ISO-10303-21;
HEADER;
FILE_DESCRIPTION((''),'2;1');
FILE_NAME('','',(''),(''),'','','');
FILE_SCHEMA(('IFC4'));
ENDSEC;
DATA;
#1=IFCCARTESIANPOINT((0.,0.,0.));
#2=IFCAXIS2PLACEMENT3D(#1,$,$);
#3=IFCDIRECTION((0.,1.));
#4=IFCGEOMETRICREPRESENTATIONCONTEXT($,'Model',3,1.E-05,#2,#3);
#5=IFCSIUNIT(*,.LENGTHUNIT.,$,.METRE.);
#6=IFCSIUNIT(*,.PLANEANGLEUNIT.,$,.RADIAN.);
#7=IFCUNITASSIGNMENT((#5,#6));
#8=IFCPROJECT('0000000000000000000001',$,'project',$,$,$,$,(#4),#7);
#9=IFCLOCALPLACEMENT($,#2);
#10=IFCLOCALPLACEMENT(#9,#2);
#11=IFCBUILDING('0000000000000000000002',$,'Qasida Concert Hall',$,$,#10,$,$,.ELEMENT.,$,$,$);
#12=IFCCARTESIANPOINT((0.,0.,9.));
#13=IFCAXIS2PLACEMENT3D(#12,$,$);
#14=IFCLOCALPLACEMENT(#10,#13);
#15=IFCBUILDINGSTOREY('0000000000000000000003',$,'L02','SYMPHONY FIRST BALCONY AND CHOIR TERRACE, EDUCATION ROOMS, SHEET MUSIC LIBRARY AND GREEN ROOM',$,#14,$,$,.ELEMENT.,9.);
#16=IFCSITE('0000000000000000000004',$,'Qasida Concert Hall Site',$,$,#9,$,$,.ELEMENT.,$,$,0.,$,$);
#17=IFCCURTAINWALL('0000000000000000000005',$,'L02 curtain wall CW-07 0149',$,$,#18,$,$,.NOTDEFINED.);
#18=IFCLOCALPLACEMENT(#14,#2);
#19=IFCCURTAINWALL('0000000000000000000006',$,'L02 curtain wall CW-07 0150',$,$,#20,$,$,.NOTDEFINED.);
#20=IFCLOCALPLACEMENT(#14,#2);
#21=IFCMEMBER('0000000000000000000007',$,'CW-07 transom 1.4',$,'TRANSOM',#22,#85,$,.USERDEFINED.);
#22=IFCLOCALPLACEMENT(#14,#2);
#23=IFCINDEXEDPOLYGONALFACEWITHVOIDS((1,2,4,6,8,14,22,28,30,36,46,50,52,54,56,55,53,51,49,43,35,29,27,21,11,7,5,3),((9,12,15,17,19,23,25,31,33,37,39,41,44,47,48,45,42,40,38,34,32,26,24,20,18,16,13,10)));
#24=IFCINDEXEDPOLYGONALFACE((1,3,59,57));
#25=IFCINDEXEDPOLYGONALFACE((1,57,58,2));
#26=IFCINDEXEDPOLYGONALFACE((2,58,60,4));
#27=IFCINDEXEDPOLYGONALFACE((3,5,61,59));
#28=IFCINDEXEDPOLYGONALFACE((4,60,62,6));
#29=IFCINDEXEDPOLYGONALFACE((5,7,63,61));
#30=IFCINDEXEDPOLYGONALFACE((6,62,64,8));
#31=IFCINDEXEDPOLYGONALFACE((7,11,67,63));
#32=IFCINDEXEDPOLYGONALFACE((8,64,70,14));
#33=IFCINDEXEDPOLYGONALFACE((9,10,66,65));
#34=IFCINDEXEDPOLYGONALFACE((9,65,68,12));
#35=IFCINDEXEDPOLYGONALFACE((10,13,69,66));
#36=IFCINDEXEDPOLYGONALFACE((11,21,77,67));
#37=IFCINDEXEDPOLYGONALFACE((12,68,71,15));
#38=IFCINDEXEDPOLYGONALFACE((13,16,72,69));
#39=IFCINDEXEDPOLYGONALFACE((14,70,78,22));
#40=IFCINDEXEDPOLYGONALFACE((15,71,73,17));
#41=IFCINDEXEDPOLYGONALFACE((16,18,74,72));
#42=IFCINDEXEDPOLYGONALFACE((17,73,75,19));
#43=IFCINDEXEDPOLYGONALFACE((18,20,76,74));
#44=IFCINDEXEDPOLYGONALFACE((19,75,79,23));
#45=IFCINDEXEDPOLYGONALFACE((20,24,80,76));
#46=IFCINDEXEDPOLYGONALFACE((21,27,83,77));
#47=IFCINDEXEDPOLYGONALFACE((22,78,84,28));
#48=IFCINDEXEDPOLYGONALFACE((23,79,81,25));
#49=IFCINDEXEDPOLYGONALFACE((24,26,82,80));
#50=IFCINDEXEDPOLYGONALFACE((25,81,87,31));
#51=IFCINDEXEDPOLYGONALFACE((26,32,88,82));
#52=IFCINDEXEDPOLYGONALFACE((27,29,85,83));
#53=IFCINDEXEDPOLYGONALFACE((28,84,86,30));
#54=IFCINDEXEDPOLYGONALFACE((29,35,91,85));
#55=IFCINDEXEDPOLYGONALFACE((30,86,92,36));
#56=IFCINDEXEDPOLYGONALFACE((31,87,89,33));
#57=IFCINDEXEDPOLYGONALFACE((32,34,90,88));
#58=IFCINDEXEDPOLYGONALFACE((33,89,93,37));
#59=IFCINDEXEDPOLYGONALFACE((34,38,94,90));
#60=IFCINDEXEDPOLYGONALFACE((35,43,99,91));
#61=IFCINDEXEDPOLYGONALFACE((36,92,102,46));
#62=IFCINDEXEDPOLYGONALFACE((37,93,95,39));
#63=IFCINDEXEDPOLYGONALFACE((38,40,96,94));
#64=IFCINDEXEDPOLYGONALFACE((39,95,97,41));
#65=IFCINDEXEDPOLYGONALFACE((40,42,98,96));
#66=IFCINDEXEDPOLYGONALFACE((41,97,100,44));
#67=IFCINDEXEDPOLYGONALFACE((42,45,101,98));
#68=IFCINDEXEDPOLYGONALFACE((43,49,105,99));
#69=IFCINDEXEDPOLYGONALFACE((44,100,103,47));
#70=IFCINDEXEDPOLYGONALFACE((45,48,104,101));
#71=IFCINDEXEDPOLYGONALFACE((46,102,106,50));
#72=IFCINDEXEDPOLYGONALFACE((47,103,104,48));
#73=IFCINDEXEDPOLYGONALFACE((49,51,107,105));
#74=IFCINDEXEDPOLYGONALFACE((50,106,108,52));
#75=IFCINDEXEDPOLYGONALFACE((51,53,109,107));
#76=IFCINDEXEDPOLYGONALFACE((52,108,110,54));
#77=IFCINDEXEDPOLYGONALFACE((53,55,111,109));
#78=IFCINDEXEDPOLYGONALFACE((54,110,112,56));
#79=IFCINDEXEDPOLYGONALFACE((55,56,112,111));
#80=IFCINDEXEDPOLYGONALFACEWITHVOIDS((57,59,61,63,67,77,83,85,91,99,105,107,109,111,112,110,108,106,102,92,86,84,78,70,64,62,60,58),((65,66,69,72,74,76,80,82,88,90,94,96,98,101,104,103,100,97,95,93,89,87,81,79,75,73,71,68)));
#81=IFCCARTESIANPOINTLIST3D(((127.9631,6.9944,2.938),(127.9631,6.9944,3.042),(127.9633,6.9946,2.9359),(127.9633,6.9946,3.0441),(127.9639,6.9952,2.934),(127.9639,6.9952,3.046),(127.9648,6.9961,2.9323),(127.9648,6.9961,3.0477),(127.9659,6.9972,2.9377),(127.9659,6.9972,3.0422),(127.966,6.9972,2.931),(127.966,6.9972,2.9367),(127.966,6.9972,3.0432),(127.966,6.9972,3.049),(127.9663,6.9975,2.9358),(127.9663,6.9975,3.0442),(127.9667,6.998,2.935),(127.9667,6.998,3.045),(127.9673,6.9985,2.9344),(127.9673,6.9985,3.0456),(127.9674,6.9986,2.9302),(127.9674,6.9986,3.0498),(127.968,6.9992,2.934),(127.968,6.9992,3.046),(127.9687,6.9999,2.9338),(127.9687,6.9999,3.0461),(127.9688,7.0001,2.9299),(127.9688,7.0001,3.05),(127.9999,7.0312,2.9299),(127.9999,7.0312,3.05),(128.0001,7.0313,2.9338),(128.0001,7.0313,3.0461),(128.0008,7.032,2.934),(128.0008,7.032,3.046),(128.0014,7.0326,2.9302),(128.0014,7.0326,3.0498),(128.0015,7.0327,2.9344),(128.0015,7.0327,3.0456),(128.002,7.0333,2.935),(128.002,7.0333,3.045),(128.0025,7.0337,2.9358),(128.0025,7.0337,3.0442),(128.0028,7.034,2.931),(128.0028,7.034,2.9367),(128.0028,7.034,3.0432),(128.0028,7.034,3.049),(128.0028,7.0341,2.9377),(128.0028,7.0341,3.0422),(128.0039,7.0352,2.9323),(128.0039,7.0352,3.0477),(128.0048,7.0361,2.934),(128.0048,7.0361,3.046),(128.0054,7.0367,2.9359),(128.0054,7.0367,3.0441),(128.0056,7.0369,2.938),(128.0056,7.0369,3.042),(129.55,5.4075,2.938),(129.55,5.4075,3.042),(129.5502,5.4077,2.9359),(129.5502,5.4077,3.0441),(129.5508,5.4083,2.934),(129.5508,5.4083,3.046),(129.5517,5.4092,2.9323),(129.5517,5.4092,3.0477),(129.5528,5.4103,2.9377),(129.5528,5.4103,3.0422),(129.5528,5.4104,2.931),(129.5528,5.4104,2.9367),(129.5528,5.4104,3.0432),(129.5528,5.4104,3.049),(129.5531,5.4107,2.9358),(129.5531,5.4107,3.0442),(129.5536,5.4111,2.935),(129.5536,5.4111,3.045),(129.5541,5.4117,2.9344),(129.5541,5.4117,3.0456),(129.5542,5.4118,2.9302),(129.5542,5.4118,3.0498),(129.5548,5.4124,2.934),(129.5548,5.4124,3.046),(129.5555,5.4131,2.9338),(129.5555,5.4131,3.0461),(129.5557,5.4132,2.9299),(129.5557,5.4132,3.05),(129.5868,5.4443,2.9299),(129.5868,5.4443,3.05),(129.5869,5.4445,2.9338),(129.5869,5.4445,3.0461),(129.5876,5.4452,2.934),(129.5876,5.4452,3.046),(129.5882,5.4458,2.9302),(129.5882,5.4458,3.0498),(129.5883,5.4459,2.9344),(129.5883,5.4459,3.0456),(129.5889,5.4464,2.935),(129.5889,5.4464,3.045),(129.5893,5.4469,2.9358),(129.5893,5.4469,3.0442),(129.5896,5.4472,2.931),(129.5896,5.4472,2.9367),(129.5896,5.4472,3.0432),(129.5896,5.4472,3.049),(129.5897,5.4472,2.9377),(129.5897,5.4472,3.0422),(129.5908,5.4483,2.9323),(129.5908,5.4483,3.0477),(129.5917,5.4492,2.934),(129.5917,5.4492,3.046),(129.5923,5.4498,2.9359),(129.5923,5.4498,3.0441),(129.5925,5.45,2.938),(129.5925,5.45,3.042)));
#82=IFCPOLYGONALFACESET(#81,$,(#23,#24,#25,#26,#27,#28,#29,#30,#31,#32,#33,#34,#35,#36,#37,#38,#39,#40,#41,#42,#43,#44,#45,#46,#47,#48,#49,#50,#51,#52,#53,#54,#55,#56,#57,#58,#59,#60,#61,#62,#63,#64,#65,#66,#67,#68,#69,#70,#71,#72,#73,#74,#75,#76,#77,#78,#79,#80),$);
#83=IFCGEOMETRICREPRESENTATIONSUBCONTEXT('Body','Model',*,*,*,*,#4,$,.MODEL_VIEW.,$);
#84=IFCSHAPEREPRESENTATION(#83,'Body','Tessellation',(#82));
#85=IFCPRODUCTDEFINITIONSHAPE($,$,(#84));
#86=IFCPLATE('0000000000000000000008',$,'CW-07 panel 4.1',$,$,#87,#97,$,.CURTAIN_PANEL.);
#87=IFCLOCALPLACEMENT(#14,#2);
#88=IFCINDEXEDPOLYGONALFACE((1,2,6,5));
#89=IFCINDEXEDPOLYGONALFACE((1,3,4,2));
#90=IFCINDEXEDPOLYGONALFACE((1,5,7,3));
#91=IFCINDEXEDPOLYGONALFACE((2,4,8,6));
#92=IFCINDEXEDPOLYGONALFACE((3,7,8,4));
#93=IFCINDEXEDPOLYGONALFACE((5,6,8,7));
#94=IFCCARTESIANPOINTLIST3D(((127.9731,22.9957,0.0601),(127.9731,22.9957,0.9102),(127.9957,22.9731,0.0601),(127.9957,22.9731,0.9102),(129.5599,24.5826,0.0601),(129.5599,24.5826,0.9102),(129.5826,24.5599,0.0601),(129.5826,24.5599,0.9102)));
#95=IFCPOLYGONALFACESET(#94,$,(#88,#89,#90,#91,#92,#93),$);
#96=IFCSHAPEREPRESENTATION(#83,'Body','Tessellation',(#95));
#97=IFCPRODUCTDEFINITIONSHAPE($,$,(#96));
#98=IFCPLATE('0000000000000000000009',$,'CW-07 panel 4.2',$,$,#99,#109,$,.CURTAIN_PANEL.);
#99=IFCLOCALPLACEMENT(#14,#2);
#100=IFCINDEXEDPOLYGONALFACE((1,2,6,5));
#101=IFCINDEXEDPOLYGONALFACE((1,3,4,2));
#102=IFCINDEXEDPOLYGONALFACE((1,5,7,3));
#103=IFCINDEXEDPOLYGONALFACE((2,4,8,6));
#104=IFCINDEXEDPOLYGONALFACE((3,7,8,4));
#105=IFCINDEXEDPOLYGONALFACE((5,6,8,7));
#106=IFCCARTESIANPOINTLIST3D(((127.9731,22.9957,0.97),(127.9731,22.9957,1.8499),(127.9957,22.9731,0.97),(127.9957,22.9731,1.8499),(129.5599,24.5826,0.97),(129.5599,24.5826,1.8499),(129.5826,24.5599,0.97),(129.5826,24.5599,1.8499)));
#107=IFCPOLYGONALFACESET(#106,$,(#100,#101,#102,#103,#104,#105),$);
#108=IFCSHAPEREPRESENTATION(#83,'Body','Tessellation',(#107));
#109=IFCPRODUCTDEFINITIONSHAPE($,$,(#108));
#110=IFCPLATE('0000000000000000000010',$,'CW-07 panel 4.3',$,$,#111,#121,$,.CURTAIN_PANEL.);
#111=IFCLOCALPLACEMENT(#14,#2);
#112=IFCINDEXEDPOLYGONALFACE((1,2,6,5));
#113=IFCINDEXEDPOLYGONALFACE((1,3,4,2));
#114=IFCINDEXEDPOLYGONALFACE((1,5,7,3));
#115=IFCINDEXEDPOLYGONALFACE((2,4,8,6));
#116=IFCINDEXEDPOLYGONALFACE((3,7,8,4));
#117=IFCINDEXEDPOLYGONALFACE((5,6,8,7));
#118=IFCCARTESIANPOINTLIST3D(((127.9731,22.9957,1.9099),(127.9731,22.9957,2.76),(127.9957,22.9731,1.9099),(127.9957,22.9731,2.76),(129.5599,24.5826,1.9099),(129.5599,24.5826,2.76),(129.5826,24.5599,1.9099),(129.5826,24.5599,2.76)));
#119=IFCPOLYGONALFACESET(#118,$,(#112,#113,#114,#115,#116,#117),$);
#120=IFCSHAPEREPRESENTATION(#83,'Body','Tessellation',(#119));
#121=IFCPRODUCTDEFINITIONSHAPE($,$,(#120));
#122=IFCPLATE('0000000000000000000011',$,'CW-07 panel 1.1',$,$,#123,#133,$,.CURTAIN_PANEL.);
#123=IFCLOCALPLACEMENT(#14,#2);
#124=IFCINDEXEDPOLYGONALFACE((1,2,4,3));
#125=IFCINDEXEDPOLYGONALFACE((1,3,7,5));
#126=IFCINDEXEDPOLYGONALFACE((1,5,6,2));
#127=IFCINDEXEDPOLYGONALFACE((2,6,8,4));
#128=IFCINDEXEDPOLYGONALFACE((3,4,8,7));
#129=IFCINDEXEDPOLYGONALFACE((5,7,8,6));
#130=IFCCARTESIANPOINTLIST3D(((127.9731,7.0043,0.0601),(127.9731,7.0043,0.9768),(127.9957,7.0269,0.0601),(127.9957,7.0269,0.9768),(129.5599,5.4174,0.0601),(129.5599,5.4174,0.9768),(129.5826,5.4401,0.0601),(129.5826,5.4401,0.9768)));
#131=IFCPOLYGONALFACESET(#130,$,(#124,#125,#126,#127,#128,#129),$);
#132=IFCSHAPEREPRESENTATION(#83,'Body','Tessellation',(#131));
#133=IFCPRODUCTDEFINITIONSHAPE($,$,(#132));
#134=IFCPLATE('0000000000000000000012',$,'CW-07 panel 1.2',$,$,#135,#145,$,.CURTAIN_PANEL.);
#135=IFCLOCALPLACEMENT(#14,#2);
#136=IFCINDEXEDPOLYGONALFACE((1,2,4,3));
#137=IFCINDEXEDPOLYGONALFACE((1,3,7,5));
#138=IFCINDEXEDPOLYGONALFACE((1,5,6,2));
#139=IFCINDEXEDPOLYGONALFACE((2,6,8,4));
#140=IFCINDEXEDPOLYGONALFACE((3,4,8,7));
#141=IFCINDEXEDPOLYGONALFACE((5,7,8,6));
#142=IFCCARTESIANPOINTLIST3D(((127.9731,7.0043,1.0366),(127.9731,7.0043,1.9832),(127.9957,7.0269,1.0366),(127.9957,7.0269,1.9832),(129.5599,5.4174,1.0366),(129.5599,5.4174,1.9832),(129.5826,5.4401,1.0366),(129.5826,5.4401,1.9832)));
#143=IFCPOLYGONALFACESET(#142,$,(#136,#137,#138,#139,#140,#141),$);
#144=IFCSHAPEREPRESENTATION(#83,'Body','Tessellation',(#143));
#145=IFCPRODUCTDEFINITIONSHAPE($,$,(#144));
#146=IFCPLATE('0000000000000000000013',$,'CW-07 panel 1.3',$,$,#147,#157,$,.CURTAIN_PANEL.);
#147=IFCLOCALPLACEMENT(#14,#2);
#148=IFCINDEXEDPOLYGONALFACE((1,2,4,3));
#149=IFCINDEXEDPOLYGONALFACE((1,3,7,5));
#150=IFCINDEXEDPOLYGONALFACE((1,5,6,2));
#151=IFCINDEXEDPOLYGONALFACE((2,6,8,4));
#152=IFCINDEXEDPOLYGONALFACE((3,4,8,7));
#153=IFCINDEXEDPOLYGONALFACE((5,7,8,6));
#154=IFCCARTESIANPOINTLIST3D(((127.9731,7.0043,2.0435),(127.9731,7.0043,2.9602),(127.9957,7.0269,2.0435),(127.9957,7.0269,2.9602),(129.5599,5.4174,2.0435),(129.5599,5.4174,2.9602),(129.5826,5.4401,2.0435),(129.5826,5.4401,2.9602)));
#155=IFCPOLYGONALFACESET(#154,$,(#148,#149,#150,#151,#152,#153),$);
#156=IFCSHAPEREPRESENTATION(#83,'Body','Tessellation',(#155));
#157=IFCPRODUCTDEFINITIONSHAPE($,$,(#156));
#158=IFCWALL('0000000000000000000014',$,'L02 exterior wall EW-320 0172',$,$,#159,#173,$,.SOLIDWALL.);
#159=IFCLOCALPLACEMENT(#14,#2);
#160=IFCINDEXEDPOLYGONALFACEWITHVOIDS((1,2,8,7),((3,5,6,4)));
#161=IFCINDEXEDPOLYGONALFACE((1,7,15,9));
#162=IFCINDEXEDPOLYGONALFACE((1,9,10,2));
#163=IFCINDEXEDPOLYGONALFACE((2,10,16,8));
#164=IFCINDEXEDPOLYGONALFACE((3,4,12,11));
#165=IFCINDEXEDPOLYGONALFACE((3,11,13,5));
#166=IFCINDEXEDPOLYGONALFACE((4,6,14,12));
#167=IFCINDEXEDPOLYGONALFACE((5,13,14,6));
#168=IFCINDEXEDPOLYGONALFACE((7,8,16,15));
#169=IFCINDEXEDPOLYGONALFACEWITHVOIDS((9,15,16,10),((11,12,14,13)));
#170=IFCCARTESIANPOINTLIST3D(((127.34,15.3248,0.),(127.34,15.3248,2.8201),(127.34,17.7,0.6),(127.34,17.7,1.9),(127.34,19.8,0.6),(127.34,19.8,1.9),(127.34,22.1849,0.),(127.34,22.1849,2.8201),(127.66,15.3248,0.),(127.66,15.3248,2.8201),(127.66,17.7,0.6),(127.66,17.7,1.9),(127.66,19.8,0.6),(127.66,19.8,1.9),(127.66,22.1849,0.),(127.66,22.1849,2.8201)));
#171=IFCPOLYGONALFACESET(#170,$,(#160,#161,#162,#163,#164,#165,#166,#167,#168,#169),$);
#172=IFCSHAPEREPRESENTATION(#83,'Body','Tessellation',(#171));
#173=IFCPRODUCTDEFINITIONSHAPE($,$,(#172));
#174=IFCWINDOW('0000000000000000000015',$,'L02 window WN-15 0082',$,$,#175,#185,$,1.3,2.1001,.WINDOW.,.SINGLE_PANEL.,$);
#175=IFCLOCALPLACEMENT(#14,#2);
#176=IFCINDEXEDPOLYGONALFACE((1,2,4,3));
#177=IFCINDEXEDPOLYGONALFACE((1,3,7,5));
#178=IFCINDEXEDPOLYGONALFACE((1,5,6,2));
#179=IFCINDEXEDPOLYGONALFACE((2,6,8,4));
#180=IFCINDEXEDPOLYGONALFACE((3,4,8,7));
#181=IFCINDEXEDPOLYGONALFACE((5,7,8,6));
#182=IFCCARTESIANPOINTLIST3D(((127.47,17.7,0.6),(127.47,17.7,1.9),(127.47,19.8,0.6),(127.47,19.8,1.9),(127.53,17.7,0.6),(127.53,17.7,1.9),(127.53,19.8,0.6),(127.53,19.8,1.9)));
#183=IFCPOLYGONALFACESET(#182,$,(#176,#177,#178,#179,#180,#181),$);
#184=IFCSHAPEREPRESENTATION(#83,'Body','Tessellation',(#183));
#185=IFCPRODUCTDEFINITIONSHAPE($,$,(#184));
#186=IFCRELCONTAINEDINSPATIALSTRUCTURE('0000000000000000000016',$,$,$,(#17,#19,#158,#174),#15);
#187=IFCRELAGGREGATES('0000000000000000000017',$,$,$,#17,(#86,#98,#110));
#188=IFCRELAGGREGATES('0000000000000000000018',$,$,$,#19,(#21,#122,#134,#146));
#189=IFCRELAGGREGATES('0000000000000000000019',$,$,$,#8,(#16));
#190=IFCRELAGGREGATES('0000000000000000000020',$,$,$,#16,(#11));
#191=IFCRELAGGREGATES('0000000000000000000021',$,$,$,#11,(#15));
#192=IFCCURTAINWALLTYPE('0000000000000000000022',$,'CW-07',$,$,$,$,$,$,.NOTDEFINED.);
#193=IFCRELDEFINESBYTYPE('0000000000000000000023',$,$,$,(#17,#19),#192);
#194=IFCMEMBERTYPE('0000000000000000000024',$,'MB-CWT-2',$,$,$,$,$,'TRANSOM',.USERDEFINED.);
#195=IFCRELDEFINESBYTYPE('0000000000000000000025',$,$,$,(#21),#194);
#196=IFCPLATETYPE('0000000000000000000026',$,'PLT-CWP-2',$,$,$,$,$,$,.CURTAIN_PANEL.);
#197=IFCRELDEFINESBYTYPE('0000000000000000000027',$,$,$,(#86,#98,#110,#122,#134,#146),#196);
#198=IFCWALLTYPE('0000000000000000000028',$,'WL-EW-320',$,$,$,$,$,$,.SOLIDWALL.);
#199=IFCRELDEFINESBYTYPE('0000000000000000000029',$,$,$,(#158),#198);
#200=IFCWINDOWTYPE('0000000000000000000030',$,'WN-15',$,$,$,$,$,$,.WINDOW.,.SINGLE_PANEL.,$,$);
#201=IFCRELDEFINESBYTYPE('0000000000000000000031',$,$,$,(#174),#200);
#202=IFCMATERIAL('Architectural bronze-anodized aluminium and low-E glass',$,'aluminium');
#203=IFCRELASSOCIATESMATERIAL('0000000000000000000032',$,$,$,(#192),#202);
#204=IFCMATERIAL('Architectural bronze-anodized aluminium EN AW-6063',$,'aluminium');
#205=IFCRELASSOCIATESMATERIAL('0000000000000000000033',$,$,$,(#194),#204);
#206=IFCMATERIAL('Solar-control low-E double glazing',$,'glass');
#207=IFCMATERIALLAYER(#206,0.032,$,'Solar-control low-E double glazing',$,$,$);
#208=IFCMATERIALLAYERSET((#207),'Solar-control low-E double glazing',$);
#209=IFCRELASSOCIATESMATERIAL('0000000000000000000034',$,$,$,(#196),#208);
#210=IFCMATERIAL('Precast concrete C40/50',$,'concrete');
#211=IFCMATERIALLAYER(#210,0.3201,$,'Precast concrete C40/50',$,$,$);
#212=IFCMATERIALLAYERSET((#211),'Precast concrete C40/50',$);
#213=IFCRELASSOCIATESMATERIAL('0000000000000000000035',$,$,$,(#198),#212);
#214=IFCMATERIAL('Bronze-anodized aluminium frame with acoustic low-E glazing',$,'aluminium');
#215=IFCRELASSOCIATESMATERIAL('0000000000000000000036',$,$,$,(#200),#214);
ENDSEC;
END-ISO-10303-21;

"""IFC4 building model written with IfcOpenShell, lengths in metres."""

from ifc_helpers import new_model, si_unit, direction, frame, frame_2d, origin, origin_2d, place, context, subcontext, project, spatial, rectangle, hollow_rectangle, extrude, material, layer, layer_set, material_profile, profile_set, type_object, element, fill, aggregate, save


model = new_model("IFC4")

# Units and contexts
model_context = context("Model", 3, precision=1e-05, world=origin(), true_north=direction((0.0, 1.0)))
body_context = subcontext(model_context, "Body", "Model", "MODEL_VIEW")
ifc_project = project(units=[si_unit("LENGTHUNIT", "METRE"), si_unit("PLANEANGLEUNIT", "RADIAN")], contexts=[model_context])

# Site, building, storey
site_placement = place(None, origin())
site = spatial("IfcSite", under=ifc_project, at=site_placement, Name="Qasida Concert Hall Site", CompositionType="ELEMENT", RefElevation=0.0)
building_placement = place(site_placement, origin())
building = spatial("IfcBuilding", under=site, at=building_placement, Name="Qasida Concert Hall", CompositionType="ELEMENT")
storey_placement = place(building_placement, frame((0.0, 0.0, 9.0)))
storey = spatial("IfcBuildingStorey", under=building, at=storey_placement, Name="L02", Description="SYMPHONY FIRST BALCONY AND CHOIR TERRACE, EDUCATION ROOMS, SHEET MUSIC LIBRARY AND GREEN ROOM", CompositionType="ELEMENT", Elevation=9.0)

# Curtain wall
ifc_material_1 = material(Name="Architectural bronze-anodized aluminium and low-E glass", Category="aluminium")
curtain_wall_type = type_object("IfcCurtainWallType", Name="CW-07", PredefinedType="NOTDEFINED", material=ifc_material_1)
curtain_wall_1_placement = place(storey_placement, origin())
curtain_wall_1 = element("IfcCurtainWall", 1, at=curtain_wall_1_placement, inside=storey, type_object=curtain_wall_type, Name="L02 curtain wall CW-07 0149", PredefinedType="NOTDEFINED")
ifc_material_2 = material(Name="Architectural bronze-anodized aluminium EN AW-6063", Category="aluminium")

# Curtain wall, member
curtain_wall_2_placement = place(storey_placement, origin())
curtain_wall_2 = element("IfcCurtainWall", 2, at=curtain_wall_2_placement, inside=storey, type_object=curtain_wall_type, Name="L02 curtain wall CW-07 0150", PredefinedType="NOTDEFINED")
ifc_material_profile_1 = material_profile(ifc_material_2, hollow_rectangle(XDim=0.0601, YDim=0.1201, WallThickness=0.0039, InnerFilletRadius=0.0039, OuterFilletRadius=0.0081, at=origin_2d()), Name="CWT 120x60x4")
ifc_profile_set_1 = profile_set([ifc_material_profile_1], Name="Architectural bronze-anodized aluminium EN AW-6063")
member_type_1 = type_object("IfcMemberType", Name="MB-CWT-2", ElementType="TRANSOM", PredefinedType="USERDEFINED", material=ifc_profile_set_1)
member_1_placement = place(storey_placement, frame((127.9844, 7.0156, 2.99), z_axis=(0.707107, -0.707107, 0.0), x_axis=(0.707107, 0.707107, 0.0)))
member_1 = element("IfcMember", 3, at=member_1_placement, type_object=member_type_1, Name="CW-07 transom 1.4", ObjectType="TRANSOM", PredefinedType="USERDEFINED", context=body_context, shape_type="SweptSolid", body=[
    extrude(hollow_rectangle(XDim=0.0601, YDim=0.1201, WallThickness=0.0039, InnerFilletRadius=0.0039, OuterFilletRadius=0.0081, at=origin_2d()), origin(), (0.0, 0.0, 1.0), 2.2441),
])

# Plates
ifc_material_3 = material(Name="Solar-control low-E double glazing", Category="glass")
ifc_layer_1 = layer(ifc_material_3, 0.032, Name="Solar-control low-E double glazing")
ifc_layer_set_1 = layer_set([ifc_layer_1], Name="Solar-control low-E double glazing")
plate_type = type_object("IfcPlateType", Name="PLT-CWP-2", PredefinedType="CURTAIN_PANEL", material=ifc_layer_set_1)
plate_1_placement = place(storey_placement, frame((128.7778, 23.7778, 0.0601), z_axis=(0.0, 0.0, 1.0), x_axis=(-0.707107, -0.707107, 0.0)))
plate_1 = element("IfcPlate", 4, at=plate_1_placement, type_object=plate_type, Name="CW-07 panel 4.1", PredefinedType="CURTAIN_PANEL", context=body_context, shape_type="SweptSolid", body=[
    extrude(rectangle(XDim=2.2441, YDim=0.032, at=origin_2d()), origin(), (0.0, 0.0, 1.0), 0.8501),
])
plate_2_placement = place(storey_placement, frame((128.7778, 23.7778, 0.97), z_axis=(0.0, 0.0, 1.0), x_axis=(-0.707107, -0.707107, 0.0)))
plate_2 = element("IfcPlate", 5, at=plate_2_placement, type_object=plate_type, Name="CW-07 panel 4.2", PredefinedType="CURTAIN_PANEL", context=body_context, shape_type="SweptSolid", body=[
    extrude(rectangle(XDim=2.2441, YDim=0.032, at=origin_2d()), origin(), (0.0, 0.0, 1.0), 0.8799),
])
plate_3_placement = place(storey_placement, frame((128.7778, 23.7778, 1.9099), z_axis=(0.0, 0.0, 1.0), x_axis=(-0.707107, -0.707107, 0.0)))
plate_3 = element("IfcPlate", 6, at=plate_3_placement, type_object=plate_type, Name="CW-07 panel 4.3", PredefinedType="CURTAIN_PANEL", context=body_context, shape_type="SweptSolid", body=[
    extrude(rectangle(XDim=2.2441, YDim=0.032, at=origin_2d()), origin(), (0.0, 0.0, 1.0), 0.8501),
])
aggregate(curtain_wall_1, [plate_1, plate_2, plate_3])
plate_4_placement = place(storey_placement, frame((128.7778, 6.2222, 0.0601), z_axis=(0.0, 0.0, 1.0), x_axis=(0.707107, -0.707107, 0.0)))
plate_4 = element("IfcPlate", 7, at=plate_4_placement, type_object=plate_type, Name="CW-07 panel 1.1", PredefinedType="CURTAIN_PANEL", context=body_context, shape_type="SweptSolid", body=[
    extrude(rectangle(XDim=2.2441, YDim=0.032, at=origin_2d()), origin(), (0.0, 0.0, 1.0), 0.9167),
])
plate_5_placement = place(storey_placement, frame((128.7778, 6.2222, 1.0366), z_axis=(0.0, 0.0, 1.0), x_axis=(0.707107, -0.707107, 0.0)))
plate_5 = element("IfcPlate", 8, at=plate_5_placement, type_object=plate_type, Name="CW-07 panel 1.2", PredefinedType="CURTAIN_PANEL", context=body_context, shape_type="SweptSolid", body=[
    extrude(rectangle(XDim=2.2441, YDim=0.032, at=origin_2d()), origin(), (0.0, 0.0, 1.0), 0.9465),
])
plate_6_placement = place(storey_placement, frame((128.7778, 6.2222, 2.0435), z_axis=(0.0, 0.0, 1.0), x_axis=(0.707107, -0.707107, 0.0)))
plate_6 = element("IfcPlate", 9, at=plate_6_placement, type_object=plate_type, Name="CW-07 panel 1.3", PredefinedType="CURTAIN_PANEL", context=body_context, shape_type="SweptSolid", body=[
    extrude(rectangle(XDim=2.2441, YDim=0.032, at=origin_2d()), origin(), (0.0, 0.0, 1.0), 0.9167),
])
aggregate(curtain_wall_2, [member_1, plate_4, plate_5, plate_6])

# Wall, opening, window
ifc_material_4 = material(Name="Precast concrete C40/50", Category="concrete")
ifc_layer_2 = layer(ifc_material_4, 0.3201, Name="Precast concrete C40/50")
ifc_layer_set_2 = layer_set([ifc_layer_2], Name="Precast concrete C40/50")
wall_type_1 = type_object("IfcWallType", Name="WL-EW-320", PredefinedType="SOLIDWALL", material=ifc_layer_set_2)
wall_1_placement = place(storey_placement, frame((127.5, 22.1851, 0.0), z_axis=(0.0, 0.0, 1.0), x_axis=(0.0, -1.0, 0.0)))
wall_1 = element("IfcWall", 10, at=wall_1_placement, inside=storey, type_object=wall_type_1, Name="L02 exterior wall EW-320 0172", PredefinedType="SOLIDWALL", context=body_context, shape_type="SweptSolid", body=[
    extrude(rectangle(XDim=6.8601, YDim=0.3201, at=frame_2d((3.4302, 0.0))), origin(), (0.0, 0.0, 1.0), 2.8201),
])
opening_1_placement = place(wall_1_placement, frame((2.385, 0.0, 0.6001)))
opening_1 = element("IfcOpeningElement", 11, at=opening_1_placement, cuts=wall_1, PredefinedType="OPENING", context=body_context, shape_type="SweptSolid", body=[
    extrude(rectangle(XDim=2.1001, YDim=1.3, at=frame_2d((1.05, 0.6499))), frame((0.0, 0.1699, 0.0), z_axis=(0.0, -1.0, 0.0), x_axis=(1.0, 0.0, 0.0)), (0.0, 0.0, 1.0), 0.3401),
])
ifc_material_5 = material(Name="Bronze-anodized aluminium frame with acoustic low-E glazing", Category="aluminium")
window_type_1 = type_object("IfcWindowType", Name="WN-15", PartitioningType="SINGLE_PANEL", PredefinedType="WINDOW", material=ifc_material_5)
window_1_placement = place(opening_1_placement, origin())
window_1 = element("IfcWindow", 12, at=window_1_placement, inside=storey, type_object=window_type_1, Name="L02 window WN-15 0082", OverallHeight=1.3, OverallWidth=2.1001, PartitioningType="SINGLE_PANEL", PredefinedType="WINDOW", context=body_context, shape_type="SweptSolid", body=[
    extrude(rectangle(XDim=2.1001, YDim=1.3, at=frame_2d((1.05, 0.6499))), frame((0.0, 0.03, 0.0), z_axis=(0.0, -1.0, 0.0), x_axis=(1.0, 0.0, 0.0)), (0.0, 0.0, 1.0), 0.0601),
])
fill(opening_1, window_1)

save(model, "model.ifc")
